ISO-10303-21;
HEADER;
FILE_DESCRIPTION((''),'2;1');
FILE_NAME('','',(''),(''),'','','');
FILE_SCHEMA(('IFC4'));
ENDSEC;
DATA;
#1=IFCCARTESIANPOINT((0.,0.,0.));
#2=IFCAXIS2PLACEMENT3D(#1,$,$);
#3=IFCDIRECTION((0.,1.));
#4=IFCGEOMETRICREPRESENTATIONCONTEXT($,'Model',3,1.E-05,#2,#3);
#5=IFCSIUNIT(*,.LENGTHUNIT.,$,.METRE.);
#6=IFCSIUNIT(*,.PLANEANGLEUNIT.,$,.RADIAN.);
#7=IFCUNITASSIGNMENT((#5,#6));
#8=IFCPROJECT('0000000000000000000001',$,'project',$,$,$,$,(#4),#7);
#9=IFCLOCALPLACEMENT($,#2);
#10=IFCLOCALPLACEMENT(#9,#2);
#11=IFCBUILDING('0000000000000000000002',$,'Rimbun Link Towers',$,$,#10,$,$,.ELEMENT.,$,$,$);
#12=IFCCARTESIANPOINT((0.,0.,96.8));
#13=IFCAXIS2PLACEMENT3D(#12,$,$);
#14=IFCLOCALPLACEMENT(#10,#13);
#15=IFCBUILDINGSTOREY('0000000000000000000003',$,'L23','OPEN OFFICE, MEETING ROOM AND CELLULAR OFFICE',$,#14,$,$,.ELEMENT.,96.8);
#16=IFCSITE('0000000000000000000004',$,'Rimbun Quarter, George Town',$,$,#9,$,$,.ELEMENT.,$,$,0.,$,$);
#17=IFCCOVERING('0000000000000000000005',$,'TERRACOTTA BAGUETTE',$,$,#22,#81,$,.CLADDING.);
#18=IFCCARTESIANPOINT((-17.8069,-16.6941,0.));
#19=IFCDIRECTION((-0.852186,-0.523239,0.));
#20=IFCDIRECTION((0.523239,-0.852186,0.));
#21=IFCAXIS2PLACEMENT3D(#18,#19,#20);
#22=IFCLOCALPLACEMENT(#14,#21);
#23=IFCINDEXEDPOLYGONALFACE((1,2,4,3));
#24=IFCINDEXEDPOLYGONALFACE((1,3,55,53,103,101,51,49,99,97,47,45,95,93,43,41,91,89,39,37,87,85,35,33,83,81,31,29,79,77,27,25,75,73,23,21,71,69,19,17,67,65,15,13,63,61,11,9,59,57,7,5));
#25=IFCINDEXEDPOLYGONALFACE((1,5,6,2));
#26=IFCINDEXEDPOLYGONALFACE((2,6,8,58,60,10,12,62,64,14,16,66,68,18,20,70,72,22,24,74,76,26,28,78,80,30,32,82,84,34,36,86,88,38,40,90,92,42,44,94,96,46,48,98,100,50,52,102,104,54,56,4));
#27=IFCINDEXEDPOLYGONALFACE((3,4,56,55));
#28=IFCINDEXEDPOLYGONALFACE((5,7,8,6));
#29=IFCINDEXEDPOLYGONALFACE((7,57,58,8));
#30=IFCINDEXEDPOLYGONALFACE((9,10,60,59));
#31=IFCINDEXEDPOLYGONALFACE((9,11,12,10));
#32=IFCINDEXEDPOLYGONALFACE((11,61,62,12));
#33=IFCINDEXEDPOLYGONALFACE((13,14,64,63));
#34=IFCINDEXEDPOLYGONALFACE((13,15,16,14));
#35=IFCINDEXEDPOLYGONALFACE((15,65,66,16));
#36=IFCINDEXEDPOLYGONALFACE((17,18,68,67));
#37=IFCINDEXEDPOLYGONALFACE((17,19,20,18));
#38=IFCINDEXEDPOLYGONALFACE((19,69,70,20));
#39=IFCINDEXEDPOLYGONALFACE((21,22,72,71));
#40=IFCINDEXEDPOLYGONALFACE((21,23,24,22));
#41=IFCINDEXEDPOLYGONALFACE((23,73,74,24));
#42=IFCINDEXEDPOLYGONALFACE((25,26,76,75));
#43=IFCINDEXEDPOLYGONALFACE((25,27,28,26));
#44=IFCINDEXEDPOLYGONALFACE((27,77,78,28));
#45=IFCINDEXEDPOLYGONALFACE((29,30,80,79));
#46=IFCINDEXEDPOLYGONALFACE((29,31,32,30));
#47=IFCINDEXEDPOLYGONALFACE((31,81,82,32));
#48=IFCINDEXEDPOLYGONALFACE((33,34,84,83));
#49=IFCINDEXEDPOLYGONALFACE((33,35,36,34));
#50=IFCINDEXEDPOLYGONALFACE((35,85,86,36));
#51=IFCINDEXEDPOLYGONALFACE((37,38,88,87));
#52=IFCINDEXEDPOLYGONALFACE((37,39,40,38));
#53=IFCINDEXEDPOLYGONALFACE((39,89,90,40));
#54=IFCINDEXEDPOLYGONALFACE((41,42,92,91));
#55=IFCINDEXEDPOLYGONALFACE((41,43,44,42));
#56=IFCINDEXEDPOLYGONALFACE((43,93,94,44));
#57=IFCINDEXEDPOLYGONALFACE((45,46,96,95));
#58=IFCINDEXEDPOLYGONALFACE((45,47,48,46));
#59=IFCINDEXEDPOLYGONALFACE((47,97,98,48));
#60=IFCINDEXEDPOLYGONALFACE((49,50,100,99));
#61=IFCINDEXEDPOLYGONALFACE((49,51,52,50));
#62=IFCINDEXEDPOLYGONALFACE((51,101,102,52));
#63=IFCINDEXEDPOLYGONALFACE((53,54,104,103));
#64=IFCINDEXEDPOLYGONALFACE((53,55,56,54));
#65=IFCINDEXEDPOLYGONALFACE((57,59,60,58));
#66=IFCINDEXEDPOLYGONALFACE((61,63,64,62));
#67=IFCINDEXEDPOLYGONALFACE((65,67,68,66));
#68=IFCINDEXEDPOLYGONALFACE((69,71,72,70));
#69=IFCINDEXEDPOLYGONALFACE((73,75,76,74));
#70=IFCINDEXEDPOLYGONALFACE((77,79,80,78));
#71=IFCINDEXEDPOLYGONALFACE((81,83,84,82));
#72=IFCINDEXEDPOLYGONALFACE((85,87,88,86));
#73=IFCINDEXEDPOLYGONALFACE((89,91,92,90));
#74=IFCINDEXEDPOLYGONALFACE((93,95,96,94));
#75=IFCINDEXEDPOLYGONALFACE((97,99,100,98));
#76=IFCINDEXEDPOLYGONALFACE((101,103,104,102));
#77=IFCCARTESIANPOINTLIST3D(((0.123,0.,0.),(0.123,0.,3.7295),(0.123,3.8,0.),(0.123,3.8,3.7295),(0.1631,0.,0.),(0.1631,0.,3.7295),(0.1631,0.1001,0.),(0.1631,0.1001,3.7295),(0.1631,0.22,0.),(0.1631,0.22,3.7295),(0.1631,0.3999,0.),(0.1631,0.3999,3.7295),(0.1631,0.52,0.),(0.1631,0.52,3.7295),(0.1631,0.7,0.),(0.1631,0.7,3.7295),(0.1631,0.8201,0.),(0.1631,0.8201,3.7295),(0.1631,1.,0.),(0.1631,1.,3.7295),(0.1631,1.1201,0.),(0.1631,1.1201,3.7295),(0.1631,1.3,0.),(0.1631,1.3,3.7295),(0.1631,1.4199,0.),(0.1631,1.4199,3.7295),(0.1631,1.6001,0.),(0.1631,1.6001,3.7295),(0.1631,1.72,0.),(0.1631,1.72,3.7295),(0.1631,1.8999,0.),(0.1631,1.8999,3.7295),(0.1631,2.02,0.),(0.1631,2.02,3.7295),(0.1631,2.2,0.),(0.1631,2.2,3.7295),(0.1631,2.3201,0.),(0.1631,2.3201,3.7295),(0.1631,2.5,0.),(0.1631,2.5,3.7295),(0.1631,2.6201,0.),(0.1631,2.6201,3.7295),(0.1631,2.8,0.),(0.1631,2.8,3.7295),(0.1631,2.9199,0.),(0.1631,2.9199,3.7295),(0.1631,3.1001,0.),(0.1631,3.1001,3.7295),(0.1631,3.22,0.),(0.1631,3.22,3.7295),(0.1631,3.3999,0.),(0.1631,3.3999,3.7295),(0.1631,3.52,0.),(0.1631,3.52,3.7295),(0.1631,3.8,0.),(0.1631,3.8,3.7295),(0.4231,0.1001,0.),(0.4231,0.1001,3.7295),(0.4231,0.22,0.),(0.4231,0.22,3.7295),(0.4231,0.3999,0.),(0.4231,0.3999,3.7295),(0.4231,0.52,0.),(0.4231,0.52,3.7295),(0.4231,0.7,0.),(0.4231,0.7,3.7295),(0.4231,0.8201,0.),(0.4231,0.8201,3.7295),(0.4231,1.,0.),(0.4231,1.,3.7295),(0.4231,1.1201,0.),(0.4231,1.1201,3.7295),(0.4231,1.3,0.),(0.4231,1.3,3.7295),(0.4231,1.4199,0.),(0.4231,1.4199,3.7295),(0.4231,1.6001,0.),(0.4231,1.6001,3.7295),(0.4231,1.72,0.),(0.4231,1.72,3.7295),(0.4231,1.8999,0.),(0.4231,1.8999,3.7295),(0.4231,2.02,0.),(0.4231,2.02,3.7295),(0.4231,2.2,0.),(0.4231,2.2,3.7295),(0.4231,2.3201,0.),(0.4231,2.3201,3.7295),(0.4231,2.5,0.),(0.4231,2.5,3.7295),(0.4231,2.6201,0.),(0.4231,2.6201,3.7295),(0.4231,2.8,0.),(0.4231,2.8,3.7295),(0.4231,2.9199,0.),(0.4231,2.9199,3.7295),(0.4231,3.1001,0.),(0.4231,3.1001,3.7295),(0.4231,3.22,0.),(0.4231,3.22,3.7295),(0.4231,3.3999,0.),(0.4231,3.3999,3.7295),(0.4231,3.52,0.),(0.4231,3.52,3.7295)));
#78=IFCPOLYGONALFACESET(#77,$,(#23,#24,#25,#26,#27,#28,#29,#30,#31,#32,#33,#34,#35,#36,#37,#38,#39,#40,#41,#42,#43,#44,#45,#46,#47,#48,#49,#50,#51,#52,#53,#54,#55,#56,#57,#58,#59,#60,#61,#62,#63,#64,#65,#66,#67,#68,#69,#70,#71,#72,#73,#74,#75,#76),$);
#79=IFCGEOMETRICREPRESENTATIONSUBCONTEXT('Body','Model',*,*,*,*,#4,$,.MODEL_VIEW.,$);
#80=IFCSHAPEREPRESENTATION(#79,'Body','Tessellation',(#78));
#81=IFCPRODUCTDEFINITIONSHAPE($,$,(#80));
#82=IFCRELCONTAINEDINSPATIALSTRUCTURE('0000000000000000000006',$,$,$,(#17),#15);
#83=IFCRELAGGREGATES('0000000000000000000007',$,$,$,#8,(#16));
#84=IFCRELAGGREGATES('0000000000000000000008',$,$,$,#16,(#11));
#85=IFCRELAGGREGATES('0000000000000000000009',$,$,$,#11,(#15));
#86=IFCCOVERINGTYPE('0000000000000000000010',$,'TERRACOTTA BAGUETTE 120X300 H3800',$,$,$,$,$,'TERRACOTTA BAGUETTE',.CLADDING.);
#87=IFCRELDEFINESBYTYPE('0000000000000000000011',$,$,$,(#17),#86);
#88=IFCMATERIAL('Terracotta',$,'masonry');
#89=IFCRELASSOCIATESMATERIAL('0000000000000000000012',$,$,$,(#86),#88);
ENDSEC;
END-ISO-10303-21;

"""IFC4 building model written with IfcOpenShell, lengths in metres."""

from ifc_helpers import new_model, si_unit, direction, frame, origin, place, context, subcontext, project, spatial, polyline, outline, extrude, material, material_profile, profile_set, type_object, element, save


model = new_model("IFC4")

# Units and contexts
model_context = context("Model", 3, precision=1e-05, world=origin(), true_north=direction((0.0, 1.0)))
body_context = subcontext(model_context, "Body", "Model", "MODEL_VIEW")
ifc_project = project(units=[si_unit("LENGTHUNIT", "METRE"), si_unit("PLANEANGLEUNIT", "RADIAN")], contexts=[model_context])

# Site, building, storey
site_placement = place(None, origin())
site = spatial("IfcSite", under=ifc_project, at=site_placement, Name="Rimbun Quarter, George Town", CompositionType="ELEMENT", RefElevation=0.0)
building_placement = place(site_placement, origin())
building = spatial("IfcBuilding", under=site, at=building_placement, Name="Rimbun Link Towers", CompositionType="ELEMENT")
storey_placement = place(building_placement, frame((0.0, 0.0, 96.8)))
storey = spatial("IfcBuildingStorey", under=building, at=storey_placement, Name="L23", Description="OPEN OFFICE, MEETING ROOM AND CELLULAR OFFICE", CompositionType="ELEMENT", Elevation=96.8)

# Covering
ifc_material_1 = material(Name="Terracotta", Category="masonry")
ifc_material_profile_1 = material_profile(ifc_material_1, outline(polyline([(0.123, 0.0), (0.1631, 0.0), (0.1631, 0.1001), (0.4231, 0.1001), (0.4231, 0.22), (0.1631, 0.22), (0.1631, 0.3999), (0.4231, 0.3999), (0.4231, 0.52), (0.1631, 0.52), (0.1631, 0.7), (0.4231, 0.7), (0.4231, 0.8201), (0.1631, 0.8201), (0.1631, 1.0), (0.4231, 1.0), (0.4231, 1.1201), (0.1631, 1.1201), (0.1631, 1.3), (0.4231, 1.3), (0.4231, 1.4199), (0.1631, 1.4199), (0.1631, 1.6001), (0.4231, 1.6001), (0.4231, 1.72), (0.1631, 1.72), (0.1631, 1.8999), (0.4231, 1.8999), (0.4231, 2.02), (0.1631, 2.02), (0.1631, 2.2), (0.4231, 2.2), (0.4231, 2.3201), (0.1631, 2.3201), (0.1631, 2.5), (0.4231, 2.5), (0.4231, 2.6201), (0.1631, 2.6201), (0.1631, 2.8), (0.4231, 2.8), (0.4231, 2.9199), (0.1631, 2.9199), (0.1631, 3.1001), (0.4231, 3.1001), (0.4231, 3.22), (0.1631, 3.22), (0.1631, 3.3999), (0.4231, 3.3999), (0.4231, 3.52), (0.1631, 3.52), (0.1631, 3.8), (0.123, 3.8), (0.123, 0.0)])), Name="BAGUETTE 120X300")
ifc_profile_set_1 = profile_set([ifc_material_profile_1], Name="Terracotta")
covering_type = type_object("IfcCoveringType", Name="TERRACOTTA BAGUETTE 120X300 H3800", ElementType="TERRACOTTA BAGUETTE", PredefinedType="CLADDING", material=ifc_profile_set_1)
covering_1_placement = place(storey_placement, frame((-17.8069, -16.6941, 0.0), z_axis=(-0.852186, -0.523239, 0.0), x_axis=(0.523239, -0.852186, 0.0)))
element("IfcCovering", 1, at=covering_1_placement, inside=storey, type_object=covering_type, Name="TERRACOTTA BAGUETTE", PredefinedType="CLADDING", context=body_context, shape_type="SweptSolid", body=[
    extrude(outline(polyline([(0.123, 0.0), (0.1631, 0.0), (0.1631, 0.1001), (0.4231, 0.1001), (0.4231, 0.22), (0.1631, 0.22), (0.1631, 0.3999), (0.4231, 0.3999), (0.4231, 0.52), (0.1631, 0.52), (0.1631, 0.7), (0.4231, 0.7), (0.4231, 0.8201), (0.1631, 0.8201), (0.1631, 1.0), (0.4231, 1.0), (0.4231, 1.1201), (0.1631, 1.1201), (0.1631, 1.3), (0.4231, 1.3), (0.4231, 1.4199), (0.1631, 1.4199), (0.1631, 1.6001), (0.4231, 1.6001), (0.4231, 1.72), (0.1631, 1.72), (0.1631, 1.8999), (0.4231, 1.8999), (0.4231, 2.02), (0.1631, 2.02), (0.1631, 2.2), (0.4231, 2.2), (0.4231, 2.3201), (0.1631, 2.3201), (0.1631, 2.5), (0.4231, 2.5), (0.4231, 2.6201), (0.1631, 2.6201), (0.1631, 2.8), (0.4231, 2.8), (0.4231, 2.9199), (0.1631, 2.9199), (0.1631, 3.1001), (0.4231, 3.1001), (0.4231, 3.22), (0.1631, 3.22), (0.1631, 3.3999), (0.4231, 3.3999), (0.4231, 3.52), (0.1631, 3.52), (0.1631, 3.8), (0.123, 3.8), (0.123, 0.0)])), origin(), (0.0, 0.0, 1.0), 3.7295),
])

save(model, "model.ifc")
